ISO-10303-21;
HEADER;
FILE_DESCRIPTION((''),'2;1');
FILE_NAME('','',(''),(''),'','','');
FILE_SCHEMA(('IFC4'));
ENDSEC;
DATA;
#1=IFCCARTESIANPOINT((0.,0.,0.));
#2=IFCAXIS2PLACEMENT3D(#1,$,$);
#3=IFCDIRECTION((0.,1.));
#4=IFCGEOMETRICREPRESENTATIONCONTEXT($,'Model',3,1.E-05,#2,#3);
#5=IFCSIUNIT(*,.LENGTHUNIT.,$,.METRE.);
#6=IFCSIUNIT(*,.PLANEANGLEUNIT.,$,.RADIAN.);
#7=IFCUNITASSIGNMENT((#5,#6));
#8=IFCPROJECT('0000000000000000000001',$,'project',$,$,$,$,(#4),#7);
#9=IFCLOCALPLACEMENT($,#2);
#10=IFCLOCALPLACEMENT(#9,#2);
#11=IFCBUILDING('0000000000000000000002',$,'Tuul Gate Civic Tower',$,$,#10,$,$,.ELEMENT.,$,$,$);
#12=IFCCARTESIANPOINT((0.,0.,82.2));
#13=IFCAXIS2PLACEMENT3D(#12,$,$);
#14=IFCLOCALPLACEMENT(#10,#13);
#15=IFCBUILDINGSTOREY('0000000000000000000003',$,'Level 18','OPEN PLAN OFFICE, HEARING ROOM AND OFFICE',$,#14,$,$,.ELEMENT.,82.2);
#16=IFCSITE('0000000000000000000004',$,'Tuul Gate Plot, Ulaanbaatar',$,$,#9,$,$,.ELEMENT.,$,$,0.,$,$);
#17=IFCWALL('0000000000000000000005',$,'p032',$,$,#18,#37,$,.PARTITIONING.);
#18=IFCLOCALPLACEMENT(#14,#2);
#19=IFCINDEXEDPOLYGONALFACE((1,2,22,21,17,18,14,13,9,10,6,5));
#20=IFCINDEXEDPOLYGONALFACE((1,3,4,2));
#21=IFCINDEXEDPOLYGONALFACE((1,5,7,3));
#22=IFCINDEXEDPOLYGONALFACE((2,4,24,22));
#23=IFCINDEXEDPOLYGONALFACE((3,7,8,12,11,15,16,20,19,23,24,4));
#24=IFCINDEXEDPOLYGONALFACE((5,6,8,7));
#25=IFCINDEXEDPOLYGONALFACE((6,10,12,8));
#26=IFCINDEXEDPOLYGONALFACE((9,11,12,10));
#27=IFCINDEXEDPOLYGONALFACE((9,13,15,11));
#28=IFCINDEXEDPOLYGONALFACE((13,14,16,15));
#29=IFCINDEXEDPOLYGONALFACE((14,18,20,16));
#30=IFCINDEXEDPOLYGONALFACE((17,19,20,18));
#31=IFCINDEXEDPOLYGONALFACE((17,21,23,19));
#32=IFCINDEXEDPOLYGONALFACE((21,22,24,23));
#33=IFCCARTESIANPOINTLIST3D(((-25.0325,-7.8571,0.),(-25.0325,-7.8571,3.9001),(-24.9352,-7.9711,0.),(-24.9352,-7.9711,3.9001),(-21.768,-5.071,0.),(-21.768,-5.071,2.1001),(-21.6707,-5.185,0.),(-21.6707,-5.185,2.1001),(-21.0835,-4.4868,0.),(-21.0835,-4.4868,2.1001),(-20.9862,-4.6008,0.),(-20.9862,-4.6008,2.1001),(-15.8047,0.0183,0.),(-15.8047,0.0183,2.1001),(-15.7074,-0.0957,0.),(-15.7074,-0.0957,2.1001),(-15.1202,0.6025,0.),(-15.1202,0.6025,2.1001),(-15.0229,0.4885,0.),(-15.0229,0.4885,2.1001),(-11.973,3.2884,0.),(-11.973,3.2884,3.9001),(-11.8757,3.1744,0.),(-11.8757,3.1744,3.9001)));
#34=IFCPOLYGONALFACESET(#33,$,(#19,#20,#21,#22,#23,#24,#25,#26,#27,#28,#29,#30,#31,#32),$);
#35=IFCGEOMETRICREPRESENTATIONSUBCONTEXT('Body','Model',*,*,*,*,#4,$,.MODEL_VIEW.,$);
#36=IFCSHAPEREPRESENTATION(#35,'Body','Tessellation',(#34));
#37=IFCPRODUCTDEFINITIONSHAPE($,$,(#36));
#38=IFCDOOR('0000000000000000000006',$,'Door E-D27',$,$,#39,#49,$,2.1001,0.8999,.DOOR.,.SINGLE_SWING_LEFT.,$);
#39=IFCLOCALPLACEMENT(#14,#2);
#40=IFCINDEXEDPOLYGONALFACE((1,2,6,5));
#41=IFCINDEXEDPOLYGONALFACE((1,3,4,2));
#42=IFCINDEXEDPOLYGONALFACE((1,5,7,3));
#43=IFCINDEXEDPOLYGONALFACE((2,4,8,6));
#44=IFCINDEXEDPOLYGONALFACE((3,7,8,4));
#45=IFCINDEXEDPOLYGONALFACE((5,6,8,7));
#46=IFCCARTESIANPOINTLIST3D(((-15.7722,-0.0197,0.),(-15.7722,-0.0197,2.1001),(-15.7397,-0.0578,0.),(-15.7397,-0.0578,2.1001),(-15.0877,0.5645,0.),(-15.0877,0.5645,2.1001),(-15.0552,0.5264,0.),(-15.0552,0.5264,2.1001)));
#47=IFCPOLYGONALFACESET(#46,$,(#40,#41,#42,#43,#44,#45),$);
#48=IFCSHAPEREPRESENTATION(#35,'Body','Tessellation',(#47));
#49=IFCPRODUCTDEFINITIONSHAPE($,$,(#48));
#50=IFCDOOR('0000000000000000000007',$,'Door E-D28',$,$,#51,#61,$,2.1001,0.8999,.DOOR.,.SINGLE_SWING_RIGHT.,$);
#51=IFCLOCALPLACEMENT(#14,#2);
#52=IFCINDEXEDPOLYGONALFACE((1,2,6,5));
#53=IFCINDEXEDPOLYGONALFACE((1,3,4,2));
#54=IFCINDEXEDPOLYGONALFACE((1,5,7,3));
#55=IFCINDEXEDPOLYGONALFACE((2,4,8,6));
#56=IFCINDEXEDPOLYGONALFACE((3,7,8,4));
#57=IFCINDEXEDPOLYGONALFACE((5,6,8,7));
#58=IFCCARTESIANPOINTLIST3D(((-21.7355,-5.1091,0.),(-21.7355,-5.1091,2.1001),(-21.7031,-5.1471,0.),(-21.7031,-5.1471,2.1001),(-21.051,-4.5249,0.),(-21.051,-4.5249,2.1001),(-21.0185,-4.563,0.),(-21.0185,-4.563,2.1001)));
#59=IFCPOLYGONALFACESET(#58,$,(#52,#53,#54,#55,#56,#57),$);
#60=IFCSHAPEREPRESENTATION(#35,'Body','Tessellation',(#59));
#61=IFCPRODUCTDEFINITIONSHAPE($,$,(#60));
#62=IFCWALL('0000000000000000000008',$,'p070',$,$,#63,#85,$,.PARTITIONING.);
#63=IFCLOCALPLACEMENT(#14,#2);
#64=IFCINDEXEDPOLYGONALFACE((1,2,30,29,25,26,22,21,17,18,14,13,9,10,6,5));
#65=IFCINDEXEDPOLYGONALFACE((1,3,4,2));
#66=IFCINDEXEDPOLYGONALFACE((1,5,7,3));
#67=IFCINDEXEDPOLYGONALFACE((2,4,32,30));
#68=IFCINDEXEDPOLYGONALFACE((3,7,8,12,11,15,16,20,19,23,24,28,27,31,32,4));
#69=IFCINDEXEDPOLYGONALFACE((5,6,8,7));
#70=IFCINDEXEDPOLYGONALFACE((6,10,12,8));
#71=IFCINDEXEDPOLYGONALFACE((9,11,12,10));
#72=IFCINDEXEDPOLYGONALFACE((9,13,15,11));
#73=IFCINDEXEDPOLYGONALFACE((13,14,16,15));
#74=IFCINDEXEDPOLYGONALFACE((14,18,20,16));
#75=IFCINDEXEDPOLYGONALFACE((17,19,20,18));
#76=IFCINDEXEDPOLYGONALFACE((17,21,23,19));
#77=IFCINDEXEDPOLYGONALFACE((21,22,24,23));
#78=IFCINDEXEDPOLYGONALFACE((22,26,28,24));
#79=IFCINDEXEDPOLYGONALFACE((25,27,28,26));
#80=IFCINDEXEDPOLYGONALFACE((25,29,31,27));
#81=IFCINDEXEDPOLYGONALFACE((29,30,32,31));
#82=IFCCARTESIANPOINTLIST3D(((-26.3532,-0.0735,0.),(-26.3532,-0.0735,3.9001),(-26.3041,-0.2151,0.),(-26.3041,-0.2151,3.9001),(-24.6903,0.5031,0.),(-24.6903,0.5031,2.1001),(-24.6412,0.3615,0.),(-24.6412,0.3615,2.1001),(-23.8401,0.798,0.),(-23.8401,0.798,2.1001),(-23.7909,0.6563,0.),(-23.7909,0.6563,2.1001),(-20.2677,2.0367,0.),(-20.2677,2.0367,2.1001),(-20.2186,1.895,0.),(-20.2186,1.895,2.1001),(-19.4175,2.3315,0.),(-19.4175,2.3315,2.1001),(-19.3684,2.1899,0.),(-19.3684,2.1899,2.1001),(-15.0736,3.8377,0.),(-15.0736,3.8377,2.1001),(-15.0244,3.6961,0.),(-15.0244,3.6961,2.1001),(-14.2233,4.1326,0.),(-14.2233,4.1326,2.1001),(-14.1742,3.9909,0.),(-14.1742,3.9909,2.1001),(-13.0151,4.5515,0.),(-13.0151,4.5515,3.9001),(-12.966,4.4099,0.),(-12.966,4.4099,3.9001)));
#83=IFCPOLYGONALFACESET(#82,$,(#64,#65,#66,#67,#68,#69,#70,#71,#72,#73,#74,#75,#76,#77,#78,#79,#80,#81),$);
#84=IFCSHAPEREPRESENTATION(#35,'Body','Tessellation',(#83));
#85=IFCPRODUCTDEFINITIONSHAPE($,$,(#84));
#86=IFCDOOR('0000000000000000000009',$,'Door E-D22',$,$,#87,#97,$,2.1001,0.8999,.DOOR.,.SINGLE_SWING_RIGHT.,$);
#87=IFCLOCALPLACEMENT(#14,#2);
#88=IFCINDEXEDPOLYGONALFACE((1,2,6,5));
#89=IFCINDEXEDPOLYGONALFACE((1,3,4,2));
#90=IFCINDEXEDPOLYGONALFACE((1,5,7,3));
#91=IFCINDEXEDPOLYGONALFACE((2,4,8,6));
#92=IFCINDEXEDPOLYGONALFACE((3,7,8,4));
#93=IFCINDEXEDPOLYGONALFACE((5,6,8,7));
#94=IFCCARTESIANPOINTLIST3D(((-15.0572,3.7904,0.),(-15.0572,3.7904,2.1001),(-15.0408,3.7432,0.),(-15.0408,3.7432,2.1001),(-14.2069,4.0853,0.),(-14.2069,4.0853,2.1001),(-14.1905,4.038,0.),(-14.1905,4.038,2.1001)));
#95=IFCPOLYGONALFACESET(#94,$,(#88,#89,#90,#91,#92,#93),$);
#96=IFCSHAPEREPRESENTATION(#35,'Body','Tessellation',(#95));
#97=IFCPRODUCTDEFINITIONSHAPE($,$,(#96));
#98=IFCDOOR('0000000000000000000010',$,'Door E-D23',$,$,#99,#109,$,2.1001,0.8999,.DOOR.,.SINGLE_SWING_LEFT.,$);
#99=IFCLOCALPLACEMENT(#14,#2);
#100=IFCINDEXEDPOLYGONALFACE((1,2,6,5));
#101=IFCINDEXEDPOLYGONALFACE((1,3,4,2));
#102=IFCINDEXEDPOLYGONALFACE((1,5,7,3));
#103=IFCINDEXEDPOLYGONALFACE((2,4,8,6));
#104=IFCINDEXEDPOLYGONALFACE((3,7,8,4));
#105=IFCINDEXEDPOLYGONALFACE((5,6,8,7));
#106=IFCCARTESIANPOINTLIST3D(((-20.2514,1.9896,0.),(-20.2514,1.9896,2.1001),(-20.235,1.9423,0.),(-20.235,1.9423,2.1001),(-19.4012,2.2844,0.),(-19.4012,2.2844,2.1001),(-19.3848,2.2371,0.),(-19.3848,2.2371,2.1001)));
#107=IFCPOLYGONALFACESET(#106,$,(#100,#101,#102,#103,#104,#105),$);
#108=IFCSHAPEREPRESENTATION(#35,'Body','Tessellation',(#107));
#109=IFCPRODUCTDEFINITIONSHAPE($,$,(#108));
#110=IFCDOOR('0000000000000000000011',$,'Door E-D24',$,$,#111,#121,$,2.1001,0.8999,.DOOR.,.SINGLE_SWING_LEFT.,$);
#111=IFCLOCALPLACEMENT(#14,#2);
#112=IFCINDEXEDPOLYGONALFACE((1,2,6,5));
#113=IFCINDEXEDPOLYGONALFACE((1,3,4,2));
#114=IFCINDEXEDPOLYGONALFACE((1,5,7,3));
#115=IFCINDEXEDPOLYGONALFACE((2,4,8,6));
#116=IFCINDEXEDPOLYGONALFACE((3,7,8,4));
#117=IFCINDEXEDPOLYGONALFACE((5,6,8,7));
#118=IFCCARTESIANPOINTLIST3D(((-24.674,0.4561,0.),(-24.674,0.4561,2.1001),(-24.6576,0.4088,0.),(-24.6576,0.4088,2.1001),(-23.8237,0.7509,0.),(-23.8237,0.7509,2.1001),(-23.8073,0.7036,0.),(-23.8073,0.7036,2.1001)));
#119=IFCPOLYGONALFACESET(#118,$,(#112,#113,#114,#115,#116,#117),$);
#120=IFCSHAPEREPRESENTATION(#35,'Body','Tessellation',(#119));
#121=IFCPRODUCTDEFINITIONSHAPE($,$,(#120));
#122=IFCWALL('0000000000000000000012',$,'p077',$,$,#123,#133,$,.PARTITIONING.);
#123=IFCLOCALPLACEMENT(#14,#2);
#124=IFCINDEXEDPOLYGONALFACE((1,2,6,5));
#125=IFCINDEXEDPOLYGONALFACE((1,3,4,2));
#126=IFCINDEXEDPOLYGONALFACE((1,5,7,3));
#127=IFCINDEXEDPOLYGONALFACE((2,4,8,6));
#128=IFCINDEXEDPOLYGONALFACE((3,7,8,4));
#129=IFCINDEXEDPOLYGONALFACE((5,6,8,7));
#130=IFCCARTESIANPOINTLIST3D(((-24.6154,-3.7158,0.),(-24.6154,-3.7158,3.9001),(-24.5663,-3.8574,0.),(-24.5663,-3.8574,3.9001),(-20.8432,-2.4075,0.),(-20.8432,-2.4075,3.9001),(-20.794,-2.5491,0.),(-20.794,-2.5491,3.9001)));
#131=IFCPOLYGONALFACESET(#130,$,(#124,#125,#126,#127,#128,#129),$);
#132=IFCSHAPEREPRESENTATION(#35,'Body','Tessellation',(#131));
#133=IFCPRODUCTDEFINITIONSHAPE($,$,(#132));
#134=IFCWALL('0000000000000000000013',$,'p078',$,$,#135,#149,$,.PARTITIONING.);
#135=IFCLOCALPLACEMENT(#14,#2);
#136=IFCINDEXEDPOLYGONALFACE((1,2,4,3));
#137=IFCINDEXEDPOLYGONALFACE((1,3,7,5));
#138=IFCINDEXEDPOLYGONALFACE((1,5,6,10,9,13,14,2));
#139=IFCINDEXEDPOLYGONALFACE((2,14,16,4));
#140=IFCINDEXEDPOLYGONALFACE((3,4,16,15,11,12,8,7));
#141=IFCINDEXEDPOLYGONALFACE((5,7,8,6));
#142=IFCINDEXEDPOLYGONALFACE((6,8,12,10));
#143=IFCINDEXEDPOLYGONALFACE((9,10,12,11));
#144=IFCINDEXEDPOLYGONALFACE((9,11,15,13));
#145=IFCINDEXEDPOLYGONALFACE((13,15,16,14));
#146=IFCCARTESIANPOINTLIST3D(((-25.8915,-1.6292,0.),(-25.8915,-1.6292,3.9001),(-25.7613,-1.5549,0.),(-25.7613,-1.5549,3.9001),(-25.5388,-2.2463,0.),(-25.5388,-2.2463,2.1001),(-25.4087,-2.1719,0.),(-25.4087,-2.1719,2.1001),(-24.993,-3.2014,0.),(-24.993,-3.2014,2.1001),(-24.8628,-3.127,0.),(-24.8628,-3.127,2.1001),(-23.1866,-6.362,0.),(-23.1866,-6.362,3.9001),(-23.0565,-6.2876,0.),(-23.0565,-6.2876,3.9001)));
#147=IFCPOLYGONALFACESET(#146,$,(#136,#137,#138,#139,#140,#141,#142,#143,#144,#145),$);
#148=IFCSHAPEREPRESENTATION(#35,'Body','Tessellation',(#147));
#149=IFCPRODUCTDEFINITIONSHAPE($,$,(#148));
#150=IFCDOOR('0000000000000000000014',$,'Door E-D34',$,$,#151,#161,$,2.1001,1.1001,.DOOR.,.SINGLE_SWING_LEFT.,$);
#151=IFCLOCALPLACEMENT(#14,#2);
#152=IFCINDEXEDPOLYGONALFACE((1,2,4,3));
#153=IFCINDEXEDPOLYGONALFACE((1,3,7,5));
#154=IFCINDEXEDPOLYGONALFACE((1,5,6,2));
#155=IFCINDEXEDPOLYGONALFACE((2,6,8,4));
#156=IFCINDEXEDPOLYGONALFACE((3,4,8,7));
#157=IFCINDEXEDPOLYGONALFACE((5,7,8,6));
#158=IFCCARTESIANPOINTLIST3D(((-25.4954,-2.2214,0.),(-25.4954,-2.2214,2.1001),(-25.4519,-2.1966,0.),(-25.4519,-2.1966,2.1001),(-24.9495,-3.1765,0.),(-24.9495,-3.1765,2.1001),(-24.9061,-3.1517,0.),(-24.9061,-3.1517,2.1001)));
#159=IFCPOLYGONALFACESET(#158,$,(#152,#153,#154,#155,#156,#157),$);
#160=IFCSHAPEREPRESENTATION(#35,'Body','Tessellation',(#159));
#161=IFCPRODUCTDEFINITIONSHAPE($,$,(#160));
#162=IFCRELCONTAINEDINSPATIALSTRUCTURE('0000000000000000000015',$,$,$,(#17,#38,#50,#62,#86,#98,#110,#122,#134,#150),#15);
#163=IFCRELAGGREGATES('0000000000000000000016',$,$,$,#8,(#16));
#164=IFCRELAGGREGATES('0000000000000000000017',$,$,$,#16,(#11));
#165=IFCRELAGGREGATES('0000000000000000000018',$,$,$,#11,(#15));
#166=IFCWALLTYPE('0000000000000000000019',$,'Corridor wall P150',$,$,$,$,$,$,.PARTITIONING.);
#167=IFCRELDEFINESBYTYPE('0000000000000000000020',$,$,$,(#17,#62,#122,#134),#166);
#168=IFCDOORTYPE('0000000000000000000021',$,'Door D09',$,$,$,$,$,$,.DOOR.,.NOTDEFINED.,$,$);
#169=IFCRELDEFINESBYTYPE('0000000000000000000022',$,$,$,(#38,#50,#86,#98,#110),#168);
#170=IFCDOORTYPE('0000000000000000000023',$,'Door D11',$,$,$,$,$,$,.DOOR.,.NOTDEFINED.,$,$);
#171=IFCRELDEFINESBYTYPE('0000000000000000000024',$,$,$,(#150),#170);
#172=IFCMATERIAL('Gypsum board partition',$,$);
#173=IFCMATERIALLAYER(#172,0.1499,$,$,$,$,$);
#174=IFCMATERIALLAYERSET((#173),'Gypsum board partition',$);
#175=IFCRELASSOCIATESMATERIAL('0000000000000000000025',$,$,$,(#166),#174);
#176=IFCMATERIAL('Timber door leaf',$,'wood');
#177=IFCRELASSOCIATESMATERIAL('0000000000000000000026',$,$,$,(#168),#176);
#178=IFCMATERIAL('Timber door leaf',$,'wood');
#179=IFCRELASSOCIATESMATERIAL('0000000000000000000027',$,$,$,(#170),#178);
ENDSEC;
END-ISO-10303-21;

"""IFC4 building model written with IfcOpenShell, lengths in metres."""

from ifc_helpers import new_model, si_unit, direction, frame, frame_2d, origin, place, context, subcontext, project, spatial, rectangle, extrude, material, layer, layer_set, type_object, element, fill, save


model = new_model("IFC4")

# Units and contexts
model_context = context("Model", 3, precision=1e-05, world=origin(), true_north=direction((0.0, 1.0)))
body_context = subcontext(model_context, "Body", "Model", "MODEL_VIEW")
ifc_project = project(units=[si_unit("LENGTHUNIT", "METRE"), si_unit("PLANEANGLEUNIT", "RADIAN")], contexts=[model_context])

# Site, building, storey
site_placement = place(None, origin())
site = spatial("IfcSite", under=ifc_project, at=site_placement, Name="Tuul Gate Plot, Ulaanbaatar", CompositionType="ELEMENT", RefElevation=0.0)
building_placement = place(site_placement, origin())
building = spatial("IfcBuilding", under=site, at=building_placement, Name="Tuul Gate Civic Tower", CompositionType="ELEMENT")
storey_placement = place(building_placement, frame((0.0, 0.0, 82.2)))
storey = spatial("IfcBuildingStorey", under=building, at=storey_placement, Name="Level 18", Description="OPEN PLAN OFFICE, HEARING ROOM AND OFFICE", CompositionType="ELEMENT", Elevation=82.2)

# Walls, openings, doors
ifc_material_1 = material(Name="Gypsum board partition")
ifc_layer_1 = layer(ifc_material_1, 0.1499)
ifc_layer_set_1 = layer_set([ifc_layer_1], Name="Gypsum board partition")
wall_type_1 = type_object("IfcWallType", Name="Corridor wall P150", PredefinedType="PARTITIONING", material=ifc_layer_set_1)
wall_1_placement = place(storey_placement, frame((-24.9839, -7.9141, 0.0), z_axis=(0.0, 0.0, 1.0), x_axis=(0.760648, 0.649164, 0.0)))
wall_1 = element("IfcWall", 1, at=wall_1_placement, inside=storey, type_object=wall_type_1, Name="p032", PredefinedType="PARTITIONING", context=body_context, shape_type="SweptSolid", body=[
    extrude(rectangle(XDim=17.1689, YDim=0.1499, at=frame_2d((8.5845, 0.0))), origin(), (0.0, 0.0, 1.0), 3.9001),
])
opening_1_placement = place(wall_1_placement, frame((12.1316, 0.0, 0.0)))
opening_1 = element("IfcOpeningElement", 2, at=opening_1_placement, cuts=wall_1, PredefinedType="OPENING", context=body_context, shape_type="SweptSolid", body=[
    extrude(rectangle(XDim=0.8999, YDim=2.1001, at=frame_2d((0.45, 1.05))), frame((0.0, 0.085, 0.0), z_axis=(0.0, -1.0, 0.0), x_axis=(1.0, 0.0, 0.0)), (0.0, 0.0, 1.0), 0.1699),
])
opening_2_placement = place(wall_1_placement, frame((4.2917, 0.0, 0.0)))
opening_2 = element("IfcOpeningElement", 3, at=opening_2_placement, cuts=wall_1, PredefinedType="OPENING", context=body_context, shape_type="SweptSolid", body=[
    extrude(rectangle(XDim=0.8999, YDim=2.1001, at=frame_2d((0.45, 1.05))), frame((0.0, 0.085, 0.0), z_axis=(0.0, -1.0, 0.0), x_axis=(1.0, 0.0, 0.0)), (0.0, 0.0, 1.0), 0.1699),
])
ifc_material_2 = material(Name="Timber door leaf", Category="wood")
door_type_1 = type_object("IfcDoorType", Name="Door D09", OperationType="NOTDEFINED", PredefinedType="DOOR", material=ifc_material_2)
door_1_placement = place(opening_1_placement, origin())
door_1 = element("IfcDoor", 4, at=door_1_placement, inside=storey, type_object=door_type_1, Name="Door E-D27", OperationType="SINGLE_SWING_LEFT", OverallHeight=2.1001, OverallWidth=0.8999, PredefinedType="DOOR", context=body_context, shape_type="SweptSolid", body=[
    extrude(rectangle(XDim=0.8999, YDim=2.1001, at=frame_2d((0.45, 1.05))), frame((0.0, 0.0249, 0.0), z_axis=(0.0, -1.0, 0.0), x_axis=(1.0, 0.0, 0.0)), (0.0, 0.0, 1.0), 0.05),
])
fill(opening_1, door_1)
door_2_placement = place(opening_2_placement, origin())
door_2 = element("IfcDoor", 5, at=door_2_placement, inside=storey, type_object=door_type_1, Name="Door E-D28", OperationType="SINGLE_SWING_RIGHT", OverallHeight=2.1001, OverallWidth=0.8999, PredefinedType="DOOR", context=body_context, shape_type="SweptSolid", body=[
    extrude(rectangle(XDim=0.8999, YDim=2.1001, at=frame_2d((0.45, 1.05))), frame((0.0, 0.0249, 0.0), z_axis=(0.0, -1.0, 0.0), x_axis=(1.0, 0.0, 0.0)), (0.0, 0.0, 1.0), 0.05),
])
fill(opening_2, door_2)
wall_2_placement = place(storey_placement, frame((-26.3286, -0.1443, 0.0), z_axis=(0.0, 0.0, 1.0), x_axis=(0.944812, 0.327614, 0.0)))
wall_2 = element("IfcWall", 6, at=wall_2_placement, inside=storey, type_object=wall_type_1, Name="p070", PredefinedType="PARTITIONING", context=body_context, shape_type="SweptSolid", body=[
    extrude(rectangle(XDim=14.1172, YDim=0.1499, at=frame_2d((7.0586, 0.0))), origin(), (0.0, 0.0, 1.0), 3.9001),
])
opening_3_placement = place(wall_2_placement, frame((11.9385, 0.0, 0.0)))
opening_3 = element("IfcOpeningElement", 7, at=opening_3_placement, cuts=wall_2, PredefinedType="OPENING", context=body_context, shape_type="SweptSolid", body=[
    extrude(rectangle(XDim=0.8999, YDim=2.1001, at=frame_2d((0.45, 1.05))), frame((0.0, 0.085, 0.0), z_axis=(0.0, -1.0, 0.0), x_axis=(1.0, 0.0, 0.0)), (0.0, 0.0, 1.0), 0.1699),
])
opening_4_placement = place(wall_2_placement, frame((6.4409, 0.0, 0.0)))
opening_4 = element("IfcOpeningElement", 8, at=opening_4_placement, cuts=wall_2, PredefinedType="OPENING", context=body_context, shape_type="SweptSolid", body=[
    extrude(rectangle(XDim=0.8999, YDim=2.1001, at=frame_2d((0.45, 1.05))), frame((0.0, 0.085, 0.0), z_axis=(0.0, -1.0, 0.0), x_axis=(1.0, 0.0, 0.0)), (0.0, 0.0, 1.0), 0.1699),
])
opening_5_placement = place(wall_2_placement, frame((1.76, 0.0, 0.0)))
opening_5 = element("IfcOpeningElement", 9, at=opening_5_placement, cuts=wall_2, PredefinedType="OPENING", context=body_context, shape_type="SweptSolid", body=[
    extrude(rectangle(XDim=0.8999, YDim=2.1001, at=frame_2d((0.45, 1.05))), frame((0.0, 0.085, 0.0), z_axis=(0.0, -1.0, 0.0), x_axis=(1.0, 0.0, 0.0)), (0.0, 0.0, 1.0), 0.1699),
])
door_3_placement = place(opening_3_placement, origin())
door_3 = element("IfcDoor", 10, at=door_3_placement, inside=storey, type_object=door_type_1, Name="Door E-D22", OperationType="SINGLE_SWING_RIGHT", OverallHeight=2.1001, OverallWidth=0.8999, PredefinedType="DOOR", context=body_context, shape_type="SweptSolid", body=[
    extrude(rectangle(XDim=0.8999, YDim=2.1001, at=frame_2d((0.45, 1.05))), frame((0.0, 0.0249, 0.0), z_axis=(0.0, -1.0, 0.0), x_axis=(1.0, 0.0, 0.0)), (0.0, 0.0, 1.0), 0.05),
])
fill(opening_3, door_3)
door_4_placement = place(opening_4_placement, frame((0.8999, 0.0, 0.0), z_axis=(0.0, 0.0, 1.0), x_axis=(-1.0, 0.0, 0.0)))
door_4 = element("IfcDoor", 11, at=door_4_placement, inside=storey, type_object=door_type_1, Name="Door E-D23", OperationType="SINGLE_SWING_LEFT", OverallHeight=2.1001, OverallWidth=0.8999, PredefinedType="DOOR", context=body_context, shape_type="SweptSolid", body=[
    extrude(rectangle(XDim=0.8999, YDim=2.1001, at=frame_2d((0.45, 1.05))), frame((0.0, 0.0249, 0.0), z_axis=(0.0, -1.0, 0.0), x_axis=(1.0, 0.0, 0.0)), (0.0, 0.0, 1.0), 0.05),
])
fill(opening_4, door_4)
door_5_placement = place(opening_5_placement, frame((0.8999, 0.0, 0.0), z_axis=(0.0, 0.0, 1.0), x_axis=(-1.0, 0.0, 0.0)))
door_5 = element("IfcDoor", 12, at=door_5_placement, inside=storey, type_object=door_type_1, Name="Door E-D24", OperationType="SINGLE_SWING_LEFT", OverallHeight=2.1001, OverallWidth=0.8999, PredefinedType="DOOR", context=body_context, shape_type="SweptSolid", body=[
    extrude(rectangle(XDim=0.8999, YDim=2.1001, at=frame_2d((0.45, 1.05))), frame((0.0, 0.0249, 0.0), z_axis=(0.0, -1.0, 0.0), x_axis=(1.0, 0.0, 0.0)), (0.0, 0.0, 1.0), 0.05),
])
fill(opening_5, door_5)

# Wall
wall_3_placement = place(storey_placement, frame((-24.5908, -3.7866, 0.0), z_axis=(0.0, 0.0, 1.0), x_axis=(0.944786, 0.327688, 0.0)))
element("IfcWall", 13, at=wall_3_placement, inside=storey, type_object=wall_type_1, Name="p077", PredefinedType="PARTITIONING", context=body_context, shape_type="SweptSolid", body=[
    extrude(rectangle(XDim=3.9927, YDim=0.1499, at=frame_2d((1.9963, 0.0))), origin(), (0.0, 0.0, 1.0), 3.9001),
])

# Wall, opening, door
wall_4_placement = place(storey_placement, frame((-25.8264, -1.592, 0.0), z_axis=(0.0, 0.0, 1.0), x_axis=(0.496202, -0.868207, 0.0)))
wall_4 = element("IfcWall", 14, at=wall_4_placement, inside=storey, type_object=wall_type_1, Name="p078", PredefinedType="PARTITIONING", context=body_context, shape_type="SweptSolid", body=[
    extrude(rectangle(XDim=5.4512, YDim=0.1499, at=frame_2d((2.7256, 0.0))), origin(), (0.0, 0.0, 1.0), 3.9001),
])
opening_6_placement = place(wall_4_placement, frame((0.7107, 0.0, 0.0)))
opening_6 = element("IfcOpeningElement", 15, at=opening_6_placement, cuts=wall_4, PredefinedType="OPENING", context=body_context, shape_type="SweptSolid", body=[
    extrude(rectangle(XDim=1.1001, YDim=2.1001, at=frame_2d((0.55, 1.05))), frame((0.0, 0.085, 0.0), z_axis=(0.0, -1.0, 0.0), x_axis=(1.0, 0.0, 0.0)), (0.0, 0.0, 1.0), 0.1699),
])
ifc_material_3 = material(Name="Timber door leaf", Category="wood")
door_type_2 = type_object("IfcDoorType", Name="Door D11", OperationType="NOTDEFINED", PredefinedType="DOOR", material=ifc_material_3)
door_6_placement = place(opening_6_placement, frame((1.1001, 0.0, 0.0), z_axis=(0.0, 0.0, 1.0), x_axis=(-1.0, 0.0, 0.0)))
door_6 = element("IfcDoor", 16, at=door_6_placement, inside=storey, type_object=door_type_2, Name="Door E-D34", OperationType="SINGLE_SWING_LEFT", OverallHeight=2.1001, OverallWidth=1.1001, PredefinedType="DOOR", context=body_context, shape_type="SweptSolid", body=[
    extrude(rectangle(XDim=1.1001, YDim=2.1001, at=frame_2d((0.55, 1.05))), frame((0.0, 0.0249, 0.0), z_axis=(0.0, -1.0, 0.0), x_axis=(1.0, 0.0, 0.0)), (0.0, 0.0, 1.0), 0.05),
])
fill(opening_6, door_6)

save(model, "model.ifc")
